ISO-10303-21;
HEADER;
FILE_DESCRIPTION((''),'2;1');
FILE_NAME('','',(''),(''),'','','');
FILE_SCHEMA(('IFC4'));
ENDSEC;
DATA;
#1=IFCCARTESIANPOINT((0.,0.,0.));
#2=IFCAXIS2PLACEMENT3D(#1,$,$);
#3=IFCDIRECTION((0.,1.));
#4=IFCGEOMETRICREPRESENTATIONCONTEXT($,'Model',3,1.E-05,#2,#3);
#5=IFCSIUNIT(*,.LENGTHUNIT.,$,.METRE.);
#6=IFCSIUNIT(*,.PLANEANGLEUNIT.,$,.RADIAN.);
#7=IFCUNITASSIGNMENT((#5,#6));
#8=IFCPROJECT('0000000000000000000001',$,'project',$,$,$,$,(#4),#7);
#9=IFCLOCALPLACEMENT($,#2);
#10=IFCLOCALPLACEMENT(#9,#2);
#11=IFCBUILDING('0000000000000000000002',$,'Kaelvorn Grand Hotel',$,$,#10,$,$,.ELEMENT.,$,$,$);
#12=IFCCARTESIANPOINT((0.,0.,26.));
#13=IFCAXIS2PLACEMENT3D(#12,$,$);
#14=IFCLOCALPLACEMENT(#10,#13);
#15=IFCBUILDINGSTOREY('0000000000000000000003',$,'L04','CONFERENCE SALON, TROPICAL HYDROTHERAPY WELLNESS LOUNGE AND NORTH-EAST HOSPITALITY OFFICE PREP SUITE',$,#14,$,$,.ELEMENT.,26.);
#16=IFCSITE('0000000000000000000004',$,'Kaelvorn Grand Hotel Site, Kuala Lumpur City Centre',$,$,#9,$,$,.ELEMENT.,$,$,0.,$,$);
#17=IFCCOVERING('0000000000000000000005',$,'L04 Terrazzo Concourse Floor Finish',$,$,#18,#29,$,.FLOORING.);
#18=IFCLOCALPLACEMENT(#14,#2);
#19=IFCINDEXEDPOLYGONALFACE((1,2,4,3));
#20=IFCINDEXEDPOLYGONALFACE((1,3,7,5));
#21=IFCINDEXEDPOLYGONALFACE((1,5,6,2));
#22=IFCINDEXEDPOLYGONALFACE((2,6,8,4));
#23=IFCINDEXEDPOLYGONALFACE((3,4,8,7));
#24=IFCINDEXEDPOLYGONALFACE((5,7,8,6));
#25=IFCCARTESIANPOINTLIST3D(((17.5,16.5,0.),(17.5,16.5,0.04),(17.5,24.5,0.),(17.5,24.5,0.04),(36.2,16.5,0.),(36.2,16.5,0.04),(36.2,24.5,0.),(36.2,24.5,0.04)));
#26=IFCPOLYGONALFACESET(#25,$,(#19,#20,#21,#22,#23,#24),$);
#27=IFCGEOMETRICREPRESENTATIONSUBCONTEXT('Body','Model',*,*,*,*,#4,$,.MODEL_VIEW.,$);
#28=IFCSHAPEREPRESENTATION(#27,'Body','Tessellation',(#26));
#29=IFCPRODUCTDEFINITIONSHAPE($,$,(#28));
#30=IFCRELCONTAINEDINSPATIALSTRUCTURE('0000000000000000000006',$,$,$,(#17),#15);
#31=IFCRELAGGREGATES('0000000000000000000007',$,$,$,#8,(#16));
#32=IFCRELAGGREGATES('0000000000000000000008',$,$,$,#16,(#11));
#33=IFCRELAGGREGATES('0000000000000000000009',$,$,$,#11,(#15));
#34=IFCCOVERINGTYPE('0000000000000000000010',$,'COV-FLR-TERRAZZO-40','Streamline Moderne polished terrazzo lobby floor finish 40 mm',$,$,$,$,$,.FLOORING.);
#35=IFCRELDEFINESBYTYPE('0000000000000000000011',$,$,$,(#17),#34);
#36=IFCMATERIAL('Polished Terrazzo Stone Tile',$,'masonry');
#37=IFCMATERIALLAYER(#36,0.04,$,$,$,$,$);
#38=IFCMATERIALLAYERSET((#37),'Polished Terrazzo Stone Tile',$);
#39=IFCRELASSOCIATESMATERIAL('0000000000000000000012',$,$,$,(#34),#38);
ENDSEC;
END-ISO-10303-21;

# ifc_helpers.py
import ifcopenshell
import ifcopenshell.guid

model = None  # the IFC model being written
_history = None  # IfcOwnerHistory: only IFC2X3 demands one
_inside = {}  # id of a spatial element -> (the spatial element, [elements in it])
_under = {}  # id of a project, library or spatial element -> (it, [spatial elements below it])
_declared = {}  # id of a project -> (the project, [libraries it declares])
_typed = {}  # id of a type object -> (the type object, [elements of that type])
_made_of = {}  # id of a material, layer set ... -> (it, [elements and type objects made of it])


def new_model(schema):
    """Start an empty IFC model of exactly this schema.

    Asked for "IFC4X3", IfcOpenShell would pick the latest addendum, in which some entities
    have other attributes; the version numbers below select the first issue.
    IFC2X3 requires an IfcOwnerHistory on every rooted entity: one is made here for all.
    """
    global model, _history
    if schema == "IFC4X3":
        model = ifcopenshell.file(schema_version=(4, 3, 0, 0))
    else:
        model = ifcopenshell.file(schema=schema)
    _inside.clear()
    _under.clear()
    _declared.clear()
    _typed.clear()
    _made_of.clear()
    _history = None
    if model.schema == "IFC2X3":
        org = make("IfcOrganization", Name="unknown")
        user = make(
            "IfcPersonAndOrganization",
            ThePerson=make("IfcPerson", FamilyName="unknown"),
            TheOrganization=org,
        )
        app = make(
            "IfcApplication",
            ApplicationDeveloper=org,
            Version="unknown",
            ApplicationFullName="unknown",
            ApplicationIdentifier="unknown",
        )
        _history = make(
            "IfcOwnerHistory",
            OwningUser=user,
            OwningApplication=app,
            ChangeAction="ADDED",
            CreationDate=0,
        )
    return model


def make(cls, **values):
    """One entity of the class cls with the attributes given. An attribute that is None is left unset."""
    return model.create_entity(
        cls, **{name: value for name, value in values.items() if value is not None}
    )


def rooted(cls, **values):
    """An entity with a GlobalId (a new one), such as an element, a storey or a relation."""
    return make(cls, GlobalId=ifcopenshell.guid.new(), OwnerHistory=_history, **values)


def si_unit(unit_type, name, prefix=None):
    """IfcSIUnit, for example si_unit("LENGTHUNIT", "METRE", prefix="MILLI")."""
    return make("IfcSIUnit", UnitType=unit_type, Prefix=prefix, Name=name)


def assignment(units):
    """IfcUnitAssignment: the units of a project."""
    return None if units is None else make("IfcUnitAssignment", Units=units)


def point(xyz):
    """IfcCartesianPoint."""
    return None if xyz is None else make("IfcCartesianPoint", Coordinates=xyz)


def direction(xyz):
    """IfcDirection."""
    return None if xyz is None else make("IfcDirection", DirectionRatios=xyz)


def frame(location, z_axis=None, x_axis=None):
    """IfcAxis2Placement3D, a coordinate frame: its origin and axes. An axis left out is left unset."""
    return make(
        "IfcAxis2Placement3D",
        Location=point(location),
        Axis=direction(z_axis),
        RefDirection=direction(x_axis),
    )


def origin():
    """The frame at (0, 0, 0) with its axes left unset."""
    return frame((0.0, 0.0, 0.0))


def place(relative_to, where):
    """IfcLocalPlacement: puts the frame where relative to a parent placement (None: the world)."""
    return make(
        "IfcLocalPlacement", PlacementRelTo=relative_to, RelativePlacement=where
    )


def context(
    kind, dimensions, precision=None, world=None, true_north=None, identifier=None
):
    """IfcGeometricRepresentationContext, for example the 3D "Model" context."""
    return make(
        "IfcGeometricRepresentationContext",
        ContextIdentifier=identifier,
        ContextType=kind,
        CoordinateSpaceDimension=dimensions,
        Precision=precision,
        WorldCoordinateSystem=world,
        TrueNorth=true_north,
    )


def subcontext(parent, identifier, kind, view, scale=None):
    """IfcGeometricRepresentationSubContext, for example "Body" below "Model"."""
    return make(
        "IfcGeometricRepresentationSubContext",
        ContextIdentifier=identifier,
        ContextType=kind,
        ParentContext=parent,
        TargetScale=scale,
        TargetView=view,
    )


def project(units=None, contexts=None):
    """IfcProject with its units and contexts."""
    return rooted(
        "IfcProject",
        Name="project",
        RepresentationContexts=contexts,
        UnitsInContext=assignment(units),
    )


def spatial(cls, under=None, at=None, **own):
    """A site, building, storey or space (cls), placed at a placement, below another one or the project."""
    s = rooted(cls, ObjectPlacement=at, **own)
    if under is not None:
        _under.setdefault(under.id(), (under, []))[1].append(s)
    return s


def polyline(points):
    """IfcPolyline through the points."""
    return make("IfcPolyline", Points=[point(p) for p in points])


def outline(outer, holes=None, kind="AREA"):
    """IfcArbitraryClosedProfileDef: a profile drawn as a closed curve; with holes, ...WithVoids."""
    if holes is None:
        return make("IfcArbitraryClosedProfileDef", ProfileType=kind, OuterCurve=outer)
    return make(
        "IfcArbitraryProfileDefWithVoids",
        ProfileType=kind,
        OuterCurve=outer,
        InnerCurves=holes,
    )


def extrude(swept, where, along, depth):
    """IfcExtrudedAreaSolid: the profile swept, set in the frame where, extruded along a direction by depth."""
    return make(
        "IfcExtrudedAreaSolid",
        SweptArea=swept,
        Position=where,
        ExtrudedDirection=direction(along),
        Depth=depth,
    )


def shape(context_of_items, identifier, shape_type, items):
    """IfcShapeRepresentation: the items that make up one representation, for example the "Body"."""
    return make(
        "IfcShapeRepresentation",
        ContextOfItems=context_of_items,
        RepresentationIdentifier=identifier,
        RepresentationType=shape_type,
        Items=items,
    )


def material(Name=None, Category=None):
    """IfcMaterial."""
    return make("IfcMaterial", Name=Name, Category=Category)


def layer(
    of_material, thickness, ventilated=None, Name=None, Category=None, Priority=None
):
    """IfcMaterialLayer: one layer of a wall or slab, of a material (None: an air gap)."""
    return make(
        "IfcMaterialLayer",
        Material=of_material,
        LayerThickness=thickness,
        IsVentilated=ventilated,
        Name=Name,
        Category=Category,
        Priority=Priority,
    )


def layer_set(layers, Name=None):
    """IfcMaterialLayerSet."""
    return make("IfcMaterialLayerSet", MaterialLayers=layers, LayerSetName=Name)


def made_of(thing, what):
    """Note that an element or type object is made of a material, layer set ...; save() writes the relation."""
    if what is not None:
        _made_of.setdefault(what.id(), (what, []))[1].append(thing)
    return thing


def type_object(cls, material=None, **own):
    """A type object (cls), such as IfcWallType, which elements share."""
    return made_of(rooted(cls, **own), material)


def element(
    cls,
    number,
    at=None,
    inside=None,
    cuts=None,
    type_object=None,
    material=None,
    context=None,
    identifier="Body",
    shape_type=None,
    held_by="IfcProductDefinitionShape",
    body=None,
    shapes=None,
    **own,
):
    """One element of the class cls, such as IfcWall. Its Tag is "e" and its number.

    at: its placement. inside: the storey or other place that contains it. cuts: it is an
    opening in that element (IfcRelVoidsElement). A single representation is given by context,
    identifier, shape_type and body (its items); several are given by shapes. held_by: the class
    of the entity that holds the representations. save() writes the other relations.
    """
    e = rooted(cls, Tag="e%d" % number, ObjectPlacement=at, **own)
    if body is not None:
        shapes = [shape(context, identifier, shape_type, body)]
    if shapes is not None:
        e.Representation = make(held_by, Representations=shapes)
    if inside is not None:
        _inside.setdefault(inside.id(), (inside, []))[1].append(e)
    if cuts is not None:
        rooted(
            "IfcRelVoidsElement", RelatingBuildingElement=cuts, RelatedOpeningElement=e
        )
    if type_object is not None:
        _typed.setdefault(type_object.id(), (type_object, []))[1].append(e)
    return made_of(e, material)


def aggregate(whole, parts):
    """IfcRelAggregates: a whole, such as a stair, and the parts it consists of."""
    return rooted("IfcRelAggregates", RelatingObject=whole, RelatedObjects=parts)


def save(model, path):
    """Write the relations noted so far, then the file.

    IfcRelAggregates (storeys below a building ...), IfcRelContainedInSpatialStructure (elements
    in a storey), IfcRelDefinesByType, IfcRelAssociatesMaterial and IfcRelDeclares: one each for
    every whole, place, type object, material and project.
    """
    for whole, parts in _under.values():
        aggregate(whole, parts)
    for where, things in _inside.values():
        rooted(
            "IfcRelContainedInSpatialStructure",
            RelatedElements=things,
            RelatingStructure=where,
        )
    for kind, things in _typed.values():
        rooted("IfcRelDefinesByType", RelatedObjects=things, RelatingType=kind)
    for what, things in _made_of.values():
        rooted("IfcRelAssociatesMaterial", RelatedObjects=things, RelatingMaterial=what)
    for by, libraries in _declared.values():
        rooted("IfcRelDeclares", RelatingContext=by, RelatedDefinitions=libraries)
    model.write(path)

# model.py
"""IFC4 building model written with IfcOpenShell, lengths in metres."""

from ifc_helpers import new_model, si_unit, direction, frame, origin, place, context, subcontext, project, spatial, polyline, outline, extrude, material, layer, layer_set, type_object, element, save


model = new_model("IFC4")

# Units and contexts
model_context = context("Model", 3, precision=1e-05, world=origin(), true_north=direction((0.0, 1.0)))
body_context = subcontext(model_context, "Body", "Model", "MODEL_VIEW")
ifc_project = project(units=[si_unit("LENGTHUNIT", "METRE"), si_unit("PLANEANGLEUNIT", "RADIAN")], contexts=[model_context])

# Site, building, storey
site_placement = place(None, origin())
site = spatial("IfcSite", under=ifc_project, at=site_placement, Name="Kaelvorn Grand Hotel Site, Kuala Lumpur City Centre", CompositionType="ELEMENT", RefElevation=0.0)
building_placement = place(site_placement, origin())
building = spatial("IfcBuilding", under=site, at=building_placement, Name="Kaelvorn Grand Hotel", CompositionType="ELEMENT")
storey_placement = place(building_placement, frame((0.0, 0.0, 26.0)))
storey = spatial("IfcBuildingStorey", under=building, at=storey_placement, Name="L04", Description="CONFERENCE SALON, TROPICAL HYDROTHERAPY WELLNESS LOUNGE AND NORTH-EAST HOSPITALITY OFFICE PREP SUITE", CompositionType="ELEMENT", Elevation=26.0)

# Covering
ifc_material_1 = material(Name="Polished Terrazzo Stone Tile", Category="masonry")
ifc_layer_1 = layer(ifc_material_1, 0.04)
ifc_layer_set_1 = layer_set([ifc_layer_1], Name="Polished Terrazzo Stone Tile")
covering_type_1 = type_object("IfcCoveringType", Name="COV-FLR-TERRAZZO-40", Description="Streamline Moderne polished terrazzo lobby floor finish 40 mm", PredefinedType="FLOORING", material=ifc_layer_set_1)
covering_1_placement = place(storey_placement, origin())
element("IfcCovering", 1, at=covering_1_placement, inside=storey, type_object=covering_type_1, Name="L04 Terrazzo Concourse Floor Finish", PredefinedType="FLOORING", context=body_context, shape_type="SweptSolid", body=[
    extrude(outline(polyline([(17.5, 16.5), (36.2, 16.5), (36.2, 24.5), (17.5, 24.5), (17.5, 16.5)])), origin(), (0.0, 0.0, 1.0), 0.04),
])

save(model, "model.ifc")
